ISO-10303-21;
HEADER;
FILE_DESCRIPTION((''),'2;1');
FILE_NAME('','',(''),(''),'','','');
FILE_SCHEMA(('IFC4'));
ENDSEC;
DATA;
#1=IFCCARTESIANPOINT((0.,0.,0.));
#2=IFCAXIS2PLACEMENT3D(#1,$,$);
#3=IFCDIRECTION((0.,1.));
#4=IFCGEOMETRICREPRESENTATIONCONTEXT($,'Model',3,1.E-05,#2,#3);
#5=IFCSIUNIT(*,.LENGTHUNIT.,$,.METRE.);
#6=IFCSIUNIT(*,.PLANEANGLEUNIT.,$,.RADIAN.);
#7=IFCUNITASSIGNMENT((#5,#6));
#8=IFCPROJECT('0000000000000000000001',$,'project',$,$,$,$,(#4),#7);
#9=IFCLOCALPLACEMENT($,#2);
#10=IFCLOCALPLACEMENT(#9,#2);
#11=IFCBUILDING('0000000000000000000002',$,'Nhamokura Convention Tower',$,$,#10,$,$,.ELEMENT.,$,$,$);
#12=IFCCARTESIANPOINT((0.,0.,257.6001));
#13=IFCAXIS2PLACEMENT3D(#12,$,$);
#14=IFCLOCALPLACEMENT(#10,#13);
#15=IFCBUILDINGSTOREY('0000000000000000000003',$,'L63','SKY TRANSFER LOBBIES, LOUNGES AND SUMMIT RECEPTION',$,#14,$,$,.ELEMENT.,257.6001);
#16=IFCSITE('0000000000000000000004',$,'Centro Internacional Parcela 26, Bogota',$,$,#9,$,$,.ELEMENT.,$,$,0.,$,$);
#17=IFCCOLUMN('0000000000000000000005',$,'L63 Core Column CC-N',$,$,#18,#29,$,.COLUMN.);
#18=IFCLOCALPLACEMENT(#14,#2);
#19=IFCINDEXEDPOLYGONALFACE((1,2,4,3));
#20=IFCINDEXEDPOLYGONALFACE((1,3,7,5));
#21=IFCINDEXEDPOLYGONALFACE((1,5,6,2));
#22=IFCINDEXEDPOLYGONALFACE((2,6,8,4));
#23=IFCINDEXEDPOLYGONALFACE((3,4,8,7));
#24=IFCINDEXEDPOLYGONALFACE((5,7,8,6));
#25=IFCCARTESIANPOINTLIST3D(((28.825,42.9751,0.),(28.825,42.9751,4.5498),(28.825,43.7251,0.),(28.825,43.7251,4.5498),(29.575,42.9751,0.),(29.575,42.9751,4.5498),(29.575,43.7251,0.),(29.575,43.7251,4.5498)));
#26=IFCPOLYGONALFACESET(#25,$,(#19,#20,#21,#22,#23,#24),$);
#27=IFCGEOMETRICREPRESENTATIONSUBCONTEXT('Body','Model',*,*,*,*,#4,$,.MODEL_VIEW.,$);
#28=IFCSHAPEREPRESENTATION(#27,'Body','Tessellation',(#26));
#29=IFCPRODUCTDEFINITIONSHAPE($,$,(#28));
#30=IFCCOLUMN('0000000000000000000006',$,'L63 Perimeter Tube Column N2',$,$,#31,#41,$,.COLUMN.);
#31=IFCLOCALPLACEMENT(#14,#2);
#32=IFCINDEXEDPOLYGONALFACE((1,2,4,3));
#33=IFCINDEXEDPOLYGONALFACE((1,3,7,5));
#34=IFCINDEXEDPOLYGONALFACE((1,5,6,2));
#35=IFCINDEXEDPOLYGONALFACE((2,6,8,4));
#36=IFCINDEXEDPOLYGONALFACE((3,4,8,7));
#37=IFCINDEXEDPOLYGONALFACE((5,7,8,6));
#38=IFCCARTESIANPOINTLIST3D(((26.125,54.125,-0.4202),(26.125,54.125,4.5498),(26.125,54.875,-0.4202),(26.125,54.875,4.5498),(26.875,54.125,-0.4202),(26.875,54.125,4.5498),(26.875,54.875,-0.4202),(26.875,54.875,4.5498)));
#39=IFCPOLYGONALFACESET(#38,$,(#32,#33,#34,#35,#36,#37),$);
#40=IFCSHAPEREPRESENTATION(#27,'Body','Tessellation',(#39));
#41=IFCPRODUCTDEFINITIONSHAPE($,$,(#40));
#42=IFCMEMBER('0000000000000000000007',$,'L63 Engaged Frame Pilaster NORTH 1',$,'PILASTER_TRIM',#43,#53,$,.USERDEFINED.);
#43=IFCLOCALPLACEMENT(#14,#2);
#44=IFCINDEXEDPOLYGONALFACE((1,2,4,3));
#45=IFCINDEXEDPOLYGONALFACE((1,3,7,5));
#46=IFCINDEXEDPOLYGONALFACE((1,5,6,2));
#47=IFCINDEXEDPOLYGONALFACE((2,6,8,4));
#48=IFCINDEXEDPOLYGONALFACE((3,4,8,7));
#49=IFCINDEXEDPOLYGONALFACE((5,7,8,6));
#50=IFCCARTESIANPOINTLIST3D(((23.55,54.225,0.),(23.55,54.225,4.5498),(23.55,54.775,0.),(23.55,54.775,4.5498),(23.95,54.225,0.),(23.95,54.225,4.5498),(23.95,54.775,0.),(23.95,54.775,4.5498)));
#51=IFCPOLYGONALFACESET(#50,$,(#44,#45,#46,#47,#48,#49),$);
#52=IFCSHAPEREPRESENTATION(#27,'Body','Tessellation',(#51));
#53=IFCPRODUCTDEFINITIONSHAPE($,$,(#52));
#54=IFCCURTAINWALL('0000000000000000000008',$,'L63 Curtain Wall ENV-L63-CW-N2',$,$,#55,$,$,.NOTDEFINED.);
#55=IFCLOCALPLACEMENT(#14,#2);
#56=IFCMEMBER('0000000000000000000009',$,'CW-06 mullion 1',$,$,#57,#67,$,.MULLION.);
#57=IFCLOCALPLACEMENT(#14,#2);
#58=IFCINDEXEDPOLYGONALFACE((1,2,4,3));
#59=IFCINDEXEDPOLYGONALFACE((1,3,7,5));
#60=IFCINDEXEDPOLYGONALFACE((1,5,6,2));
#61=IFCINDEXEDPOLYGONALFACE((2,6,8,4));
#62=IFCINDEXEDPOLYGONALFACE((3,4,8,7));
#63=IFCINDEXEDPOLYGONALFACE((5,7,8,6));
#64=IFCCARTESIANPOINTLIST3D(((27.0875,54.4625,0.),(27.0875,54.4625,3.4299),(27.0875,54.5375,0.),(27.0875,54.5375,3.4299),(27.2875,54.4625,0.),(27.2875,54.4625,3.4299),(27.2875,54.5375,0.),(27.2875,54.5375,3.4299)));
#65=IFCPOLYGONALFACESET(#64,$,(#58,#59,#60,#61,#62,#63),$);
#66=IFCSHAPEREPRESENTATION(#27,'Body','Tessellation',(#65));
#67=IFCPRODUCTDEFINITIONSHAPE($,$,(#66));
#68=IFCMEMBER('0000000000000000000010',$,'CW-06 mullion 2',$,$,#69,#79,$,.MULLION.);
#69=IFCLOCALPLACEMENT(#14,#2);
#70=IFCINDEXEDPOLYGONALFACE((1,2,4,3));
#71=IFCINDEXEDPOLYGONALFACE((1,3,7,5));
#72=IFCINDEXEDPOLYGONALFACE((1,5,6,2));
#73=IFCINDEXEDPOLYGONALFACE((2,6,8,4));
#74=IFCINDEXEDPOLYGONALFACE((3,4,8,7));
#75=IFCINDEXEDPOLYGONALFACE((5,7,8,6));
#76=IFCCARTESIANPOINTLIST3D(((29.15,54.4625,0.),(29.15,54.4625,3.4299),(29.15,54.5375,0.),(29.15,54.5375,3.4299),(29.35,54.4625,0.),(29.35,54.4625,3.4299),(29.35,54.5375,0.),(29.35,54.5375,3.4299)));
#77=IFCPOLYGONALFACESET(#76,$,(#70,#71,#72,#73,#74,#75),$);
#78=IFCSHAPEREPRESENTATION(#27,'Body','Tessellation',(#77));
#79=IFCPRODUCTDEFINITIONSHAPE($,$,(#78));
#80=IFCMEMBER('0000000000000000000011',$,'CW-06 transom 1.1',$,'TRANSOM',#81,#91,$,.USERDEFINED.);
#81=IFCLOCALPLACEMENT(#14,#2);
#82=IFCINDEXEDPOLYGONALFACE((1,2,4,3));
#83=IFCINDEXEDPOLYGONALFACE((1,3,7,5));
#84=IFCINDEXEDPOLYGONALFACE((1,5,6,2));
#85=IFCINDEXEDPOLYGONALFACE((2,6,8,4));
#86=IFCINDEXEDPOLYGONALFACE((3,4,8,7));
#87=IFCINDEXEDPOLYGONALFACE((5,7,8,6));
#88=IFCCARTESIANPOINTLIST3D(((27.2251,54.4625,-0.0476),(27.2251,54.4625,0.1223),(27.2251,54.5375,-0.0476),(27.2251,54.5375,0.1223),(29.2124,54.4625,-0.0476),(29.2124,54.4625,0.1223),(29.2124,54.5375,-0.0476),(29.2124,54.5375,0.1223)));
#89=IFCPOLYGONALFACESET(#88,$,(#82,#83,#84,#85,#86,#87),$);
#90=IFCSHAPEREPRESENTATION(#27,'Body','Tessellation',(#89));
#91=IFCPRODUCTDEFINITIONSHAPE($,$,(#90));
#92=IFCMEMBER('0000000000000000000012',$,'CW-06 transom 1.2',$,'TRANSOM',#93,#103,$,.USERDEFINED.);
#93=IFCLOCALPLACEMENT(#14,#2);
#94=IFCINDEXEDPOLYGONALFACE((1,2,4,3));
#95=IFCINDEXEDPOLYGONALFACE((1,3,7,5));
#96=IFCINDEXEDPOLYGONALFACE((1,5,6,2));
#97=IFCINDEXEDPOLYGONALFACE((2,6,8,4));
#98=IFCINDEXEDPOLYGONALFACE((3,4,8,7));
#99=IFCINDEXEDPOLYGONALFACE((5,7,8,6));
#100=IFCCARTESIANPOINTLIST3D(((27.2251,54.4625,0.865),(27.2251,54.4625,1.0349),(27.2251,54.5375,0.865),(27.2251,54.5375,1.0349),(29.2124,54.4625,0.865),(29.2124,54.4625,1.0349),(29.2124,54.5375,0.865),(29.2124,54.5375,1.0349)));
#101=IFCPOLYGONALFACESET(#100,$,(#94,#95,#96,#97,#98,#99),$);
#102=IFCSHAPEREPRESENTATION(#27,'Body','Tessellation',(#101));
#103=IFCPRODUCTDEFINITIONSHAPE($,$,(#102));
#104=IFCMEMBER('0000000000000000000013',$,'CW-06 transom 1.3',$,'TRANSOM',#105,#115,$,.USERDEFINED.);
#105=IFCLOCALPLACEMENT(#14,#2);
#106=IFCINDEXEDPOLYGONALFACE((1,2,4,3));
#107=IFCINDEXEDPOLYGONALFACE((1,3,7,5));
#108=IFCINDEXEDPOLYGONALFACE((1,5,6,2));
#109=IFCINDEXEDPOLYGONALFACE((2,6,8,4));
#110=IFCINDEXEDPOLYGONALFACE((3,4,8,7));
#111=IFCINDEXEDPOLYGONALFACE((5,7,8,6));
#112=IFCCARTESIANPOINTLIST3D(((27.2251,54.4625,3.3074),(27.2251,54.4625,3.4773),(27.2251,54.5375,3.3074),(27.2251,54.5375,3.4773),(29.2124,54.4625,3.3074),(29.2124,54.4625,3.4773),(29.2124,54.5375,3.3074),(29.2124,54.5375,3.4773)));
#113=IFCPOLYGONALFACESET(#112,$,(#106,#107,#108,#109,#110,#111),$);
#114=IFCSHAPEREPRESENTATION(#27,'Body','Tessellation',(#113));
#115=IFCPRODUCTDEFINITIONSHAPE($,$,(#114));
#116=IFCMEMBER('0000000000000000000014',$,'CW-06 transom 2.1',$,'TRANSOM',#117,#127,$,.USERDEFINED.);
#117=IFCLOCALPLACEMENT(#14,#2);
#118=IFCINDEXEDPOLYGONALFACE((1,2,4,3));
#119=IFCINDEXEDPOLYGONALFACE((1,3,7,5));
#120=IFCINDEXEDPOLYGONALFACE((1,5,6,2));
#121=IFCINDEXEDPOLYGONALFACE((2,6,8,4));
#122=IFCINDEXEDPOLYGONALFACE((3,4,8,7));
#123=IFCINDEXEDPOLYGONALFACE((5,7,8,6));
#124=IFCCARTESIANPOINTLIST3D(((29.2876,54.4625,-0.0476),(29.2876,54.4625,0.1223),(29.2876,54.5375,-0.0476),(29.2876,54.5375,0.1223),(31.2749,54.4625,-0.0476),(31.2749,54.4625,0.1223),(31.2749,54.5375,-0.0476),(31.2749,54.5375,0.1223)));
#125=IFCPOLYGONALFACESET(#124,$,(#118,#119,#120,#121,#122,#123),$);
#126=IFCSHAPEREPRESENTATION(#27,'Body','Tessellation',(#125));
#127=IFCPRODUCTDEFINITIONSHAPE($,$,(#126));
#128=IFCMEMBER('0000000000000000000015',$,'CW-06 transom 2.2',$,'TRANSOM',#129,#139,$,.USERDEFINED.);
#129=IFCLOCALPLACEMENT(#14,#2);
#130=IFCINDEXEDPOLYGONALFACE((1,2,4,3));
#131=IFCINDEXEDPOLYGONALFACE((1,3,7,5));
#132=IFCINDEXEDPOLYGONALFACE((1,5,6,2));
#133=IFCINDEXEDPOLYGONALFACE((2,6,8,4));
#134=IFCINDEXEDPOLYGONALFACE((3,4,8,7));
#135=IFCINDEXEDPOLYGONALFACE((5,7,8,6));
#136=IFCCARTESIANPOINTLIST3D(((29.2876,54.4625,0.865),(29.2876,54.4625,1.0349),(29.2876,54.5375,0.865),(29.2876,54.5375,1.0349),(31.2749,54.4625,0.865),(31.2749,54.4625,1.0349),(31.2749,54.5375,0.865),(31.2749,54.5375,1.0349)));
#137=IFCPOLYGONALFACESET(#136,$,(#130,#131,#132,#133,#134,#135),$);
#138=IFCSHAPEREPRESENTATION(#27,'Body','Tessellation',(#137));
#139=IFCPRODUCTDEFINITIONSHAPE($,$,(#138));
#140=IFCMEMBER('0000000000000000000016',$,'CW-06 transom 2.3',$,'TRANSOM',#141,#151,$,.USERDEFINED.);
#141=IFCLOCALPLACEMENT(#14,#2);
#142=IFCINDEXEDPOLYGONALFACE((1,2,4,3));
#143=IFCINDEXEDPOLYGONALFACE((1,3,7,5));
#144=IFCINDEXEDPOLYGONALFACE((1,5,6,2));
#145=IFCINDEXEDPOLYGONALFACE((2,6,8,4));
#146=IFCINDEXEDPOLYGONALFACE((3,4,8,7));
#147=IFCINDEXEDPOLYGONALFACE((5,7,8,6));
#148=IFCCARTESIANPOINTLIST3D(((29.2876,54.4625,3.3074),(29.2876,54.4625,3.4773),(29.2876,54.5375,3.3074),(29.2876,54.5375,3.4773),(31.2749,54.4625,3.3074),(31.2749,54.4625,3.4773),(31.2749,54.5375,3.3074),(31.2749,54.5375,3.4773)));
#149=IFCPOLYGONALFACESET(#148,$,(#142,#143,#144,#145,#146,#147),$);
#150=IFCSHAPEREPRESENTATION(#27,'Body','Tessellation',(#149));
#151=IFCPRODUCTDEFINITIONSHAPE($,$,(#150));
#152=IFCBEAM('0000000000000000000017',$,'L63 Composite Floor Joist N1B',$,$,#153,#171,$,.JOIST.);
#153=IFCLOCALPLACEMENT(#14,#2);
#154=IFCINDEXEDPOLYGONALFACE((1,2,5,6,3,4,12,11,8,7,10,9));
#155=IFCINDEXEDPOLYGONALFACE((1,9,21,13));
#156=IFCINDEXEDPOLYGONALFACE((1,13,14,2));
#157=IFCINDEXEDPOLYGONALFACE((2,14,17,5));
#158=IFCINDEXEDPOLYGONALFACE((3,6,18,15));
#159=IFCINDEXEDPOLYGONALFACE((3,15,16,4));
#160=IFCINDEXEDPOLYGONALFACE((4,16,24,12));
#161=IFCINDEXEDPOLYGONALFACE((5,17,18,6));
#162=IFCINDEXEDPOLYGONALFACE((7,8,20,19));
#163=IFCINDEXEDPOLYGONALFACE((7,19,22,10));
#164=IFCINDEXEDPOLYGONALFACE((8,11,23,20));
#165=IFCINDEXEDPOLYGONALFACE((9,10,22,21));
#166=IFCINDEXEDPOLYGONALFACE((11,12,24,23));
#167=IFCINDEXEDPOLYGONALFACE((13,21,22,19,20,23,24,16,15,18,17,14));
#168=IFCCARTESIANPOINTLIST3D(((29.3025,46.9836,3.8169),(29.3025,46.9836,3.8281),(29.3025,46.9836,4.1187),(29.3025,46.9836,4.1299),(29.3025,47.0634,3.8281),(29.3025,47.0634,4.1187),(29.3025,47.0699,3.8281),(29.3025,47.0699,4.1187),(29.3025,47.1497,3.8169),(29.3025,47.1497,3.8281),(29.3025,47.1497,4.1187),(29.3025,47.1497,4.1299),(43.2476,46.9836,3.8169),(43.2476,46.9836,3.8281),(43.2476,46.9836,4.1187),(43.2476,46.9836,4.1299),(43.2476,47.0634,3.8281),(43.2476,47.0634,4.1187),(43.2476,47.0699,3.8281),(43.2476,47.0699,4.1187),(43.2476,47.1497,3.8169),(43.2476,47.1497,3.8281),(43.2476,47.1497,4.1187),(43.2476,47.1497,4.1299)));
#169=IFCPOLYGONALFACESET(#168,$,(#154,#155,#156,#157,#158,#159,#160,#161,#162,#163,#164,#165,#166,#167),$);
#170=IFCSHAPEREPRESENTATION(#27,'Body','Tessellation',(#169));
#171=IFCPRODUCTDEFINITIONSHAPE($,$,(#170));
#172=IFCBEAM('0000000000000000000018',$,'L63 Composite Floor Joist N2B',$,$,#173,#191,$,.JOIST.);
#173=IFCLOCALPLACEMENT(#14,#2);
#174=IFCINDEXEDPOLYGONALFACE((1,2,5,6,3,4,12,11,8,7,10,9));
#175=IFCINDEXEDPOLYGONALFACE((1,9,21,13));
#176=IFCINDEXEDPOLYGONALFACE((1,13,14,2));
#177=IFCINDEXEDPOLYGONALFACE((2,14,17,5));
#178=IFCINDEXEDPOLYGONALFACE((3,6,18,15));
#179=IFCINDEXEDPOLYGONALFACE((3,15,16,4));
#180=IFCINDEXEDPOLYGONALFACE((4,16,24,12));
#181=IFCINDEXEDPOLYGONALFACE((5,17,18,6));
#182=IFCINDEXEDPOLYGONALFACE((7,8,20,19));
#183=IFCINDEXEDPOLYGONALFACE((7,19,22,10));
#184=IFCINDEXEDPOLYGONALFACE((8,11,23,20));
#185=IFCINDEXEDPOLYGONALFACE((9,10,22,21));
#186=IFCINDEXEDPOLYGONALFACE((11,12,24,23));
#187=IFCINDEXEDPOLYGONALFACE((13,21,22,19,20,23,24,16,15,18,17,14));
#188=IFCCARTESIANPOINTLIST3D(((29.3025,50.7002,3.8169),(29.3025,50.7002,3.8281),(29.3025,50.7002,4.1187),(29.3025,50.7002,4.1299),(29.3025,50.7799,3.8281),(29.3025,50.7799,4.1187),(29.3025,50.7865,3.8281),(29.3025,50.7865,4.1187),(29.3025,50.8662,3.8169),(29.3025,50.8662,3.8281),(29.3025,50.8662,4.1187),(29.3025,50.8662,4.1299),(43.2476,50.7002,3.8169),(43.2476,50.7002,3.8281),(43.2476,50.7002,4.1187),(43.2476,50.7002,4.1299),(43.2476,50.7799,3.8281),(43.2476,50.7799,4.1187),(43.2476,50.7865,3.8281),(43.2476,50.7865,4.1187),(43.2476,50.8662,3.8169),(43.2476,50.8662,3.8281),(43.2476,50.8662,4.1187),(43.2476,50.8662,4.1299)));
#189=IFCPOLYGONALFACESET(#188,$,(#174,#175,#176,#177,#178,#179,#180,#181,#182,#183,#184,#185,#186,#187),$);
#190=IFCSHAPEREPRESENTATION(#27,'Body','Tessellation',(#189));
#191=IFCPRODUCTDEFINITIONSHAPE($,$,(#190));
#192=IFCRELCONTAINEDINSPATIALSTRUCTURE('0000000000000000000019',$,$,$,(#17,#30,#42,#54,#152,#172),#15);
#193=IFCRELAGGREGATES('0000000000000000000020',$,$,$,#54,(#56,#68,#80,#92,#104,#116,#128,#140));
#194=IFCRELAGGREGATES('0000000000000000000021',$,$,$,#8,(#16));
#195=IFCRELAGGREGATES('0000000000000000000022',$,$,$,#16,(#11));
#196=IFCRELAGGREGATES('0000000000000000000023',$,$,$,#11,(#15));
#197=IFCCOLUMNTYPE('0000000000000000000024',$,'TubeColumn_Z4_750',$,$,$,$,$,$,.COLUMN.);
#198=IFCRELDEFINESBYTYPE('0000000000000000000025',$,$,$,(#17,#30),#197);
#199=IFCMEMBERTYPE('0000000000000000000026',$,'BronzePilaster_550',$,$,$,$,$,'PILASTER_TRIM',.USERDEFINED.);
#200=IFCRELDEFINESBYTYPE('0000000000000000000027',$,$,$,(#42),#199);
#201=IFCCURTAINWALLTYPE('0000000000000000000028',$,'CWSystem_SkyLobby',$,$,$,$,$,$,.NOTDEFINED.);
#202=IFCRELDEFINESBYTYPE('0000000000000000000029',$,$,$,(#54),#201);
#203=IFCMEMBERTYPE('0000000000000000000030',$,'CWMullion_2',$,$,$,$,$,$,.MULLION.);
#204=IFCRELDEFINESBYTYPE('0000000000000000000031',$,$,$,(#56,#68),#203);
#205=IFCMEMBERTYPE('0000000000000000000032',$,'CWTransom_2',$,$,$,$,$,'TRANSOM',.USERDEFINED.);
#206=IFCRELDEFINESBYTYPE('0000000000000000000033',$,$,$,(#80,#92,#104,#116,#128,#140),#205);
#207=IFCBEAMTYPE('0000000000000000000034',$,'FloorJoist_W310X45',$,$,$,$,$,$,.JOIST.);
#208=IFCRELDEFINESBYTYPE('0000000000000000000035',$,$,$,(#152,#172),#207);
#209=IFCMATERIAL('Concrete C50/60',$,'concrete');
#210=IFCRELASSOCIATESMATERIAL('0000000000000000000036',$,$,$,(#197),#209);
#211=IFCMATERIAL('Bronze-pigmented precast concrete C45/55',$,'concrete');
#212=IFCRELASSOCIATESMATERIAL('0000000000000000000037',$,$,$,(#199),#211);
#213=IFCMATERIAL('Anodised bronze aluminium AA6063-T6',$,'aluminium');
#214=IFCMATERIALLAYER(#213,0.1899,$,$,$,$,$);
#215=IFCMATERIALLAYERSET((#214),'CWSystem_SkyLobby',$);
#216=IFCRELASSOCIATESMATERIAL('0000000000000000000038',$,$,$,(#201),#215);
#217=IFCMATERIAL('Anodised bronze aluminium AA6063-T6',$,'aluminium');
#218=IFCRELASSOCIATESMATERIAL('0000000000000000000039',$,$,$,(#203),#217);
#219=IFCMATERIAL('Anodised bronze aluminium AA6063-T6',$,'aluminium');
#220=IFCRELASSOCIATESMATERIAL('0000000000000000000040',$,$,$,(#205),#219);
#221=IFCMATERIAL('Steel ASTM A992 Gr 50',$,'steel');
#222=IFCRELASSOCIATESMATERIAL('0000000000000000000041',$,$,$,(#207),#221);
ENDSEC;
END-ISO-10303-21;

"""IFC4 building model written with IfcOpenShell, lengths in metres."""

from ifc_helpers import new_model, si_unit, direction, frame, origin, origin_2d, place, context, subcontext, project, spatial, rectangle, i_section, extrude, material, layer, layer_set, material_profile, profile_set, type_object, element, aggregate, save


model = new_model("IFC4")

# Units and contexts
model_context = context("Model", 3, precision=1e-05, world=origin(), true_north=direction((0.0, 1.0)))
body_context = subcontext(model_context, "Body", "Model", "MODEL_VIEW")
ifc_project = project(units=[si_unit("LENGTHUNIT", "METRE"), si_unit("PLANEANGLEUNIT", "RADIAN")], contexts=[model_context])

# Site, building, storey
site_placement = place(None, origin())
site = spatial("IfcSite", under=ifc_project, at=site_placement, Name="Centro Internacional Parcela 26, Bogota", CompositionType="ELEMENT", RefElevation=0.0)
building_placement = place(site_placement, origin())
building = spatial("IfcBuilding", under=site, at=building_placement, Name="Nhamokura Convention Tower", CompositionType="ELEMENT")
storey_placement = place(building_placement, frame((0.0, 0.0, 257.6001)))
storey = spatial("IfcBuildingStorey", under=building, at=storey_placement, Name="L63", Description="SKY TRANSFER LOBBIES, LOUNGES AND SUMMIT RECEPTION", CompositionType="ELEMENT", Elevation=257.6001)

# Columns
ifc_material_1 = material(Name="Concrete C50/60", Category="concrete")
ifc_material_profile_1 = material_profile(ifc_material_1, rectangle(XDim=0.75, YDim=0.75, at=origin_2d()))
ifc_profile_set_1 = profile_set([ifc_material_profile_1], Name="Concrete C50/60")
column_type = type_object("IfcColumnType", Name="TubeColumn_Z4_750", PredefinedType="COLUMN", material=ifc_profile_set_1)
column_1_placement = place(storey_placement, frame((29.2, 43.3501, 0.0), z_axis=(0.0, 0.0, 1.0), x_axis=(1.0, 0.0, 0.0)))
element("IfcColumn", 1, at=column_1_placement, inside=storey, type_object=column_type, Name="L63 Core Column CC-N", PredefinedType="COLUMN", context=body_context, shape_type="SweptSolid", body=[
    extrude(rectangle(XDim=0.75, YDim=0.75, at=origin_2d()), origin(), (0.0, 0.0, 1.0), 4.5498),
])
column_2_placement = place(storey_placement, frame((26.5, 54.5, -0.4202), z_axis=(0.0, 0.0, 1.0), x_axis=(1.0, 0.0, 0.0)))
element("IfcColumn", 2, at=column_2_placement, inside=storey, type_object=column_type, Name="L63 Perimeter Tube Column N2", PredefinedType="COLUMN", context=body_context, shape_type="SweptSolid", body=[
    extrude(rectangle(XDim=0.75, YDim=0.75, at=origin_2d()), origin(), (0.0, 0.0, 1.0), 4.97),
])

# Member
ifc_material_2 = material(Name="Bronze-pigmented precast concrete C45/55", Category="concrete")
ifc_material_profile_2 = material_profile(ifc_material_2, rectangle(XDim=0.3999, YDim=0.55, at=origin_2d()))
ifc_profile_set_2 = profile_set([ifc_material_profile_2], Name="Bronze-pigmented precast concrete C45/55")
member_type_1 = type_object("IfcMemberType", Name="BronzePilaster_550", ElementType="PILASTER_TRIM", PredefinedType="USERDEFINED", material=ifc_profile_set_2)
member_1_placement = place(storey_placement, frame((23.75, 54.5, 0.0), z_axis=(0.0, 0.0, 1.0), x_axis=(1.0, 0.0, 0.0)))
element("IfcMember", 3, at=member_1_placement, inside=storey, type_object=member_type_1, Name="L63 Engaged Frame Pilaster NORTH 1", ObjectType="PILASTER_TRIM", PredefinedType="USERDEFINED", context=body_context, shape_type="SweptSolid", body=[
    extrude(rectangle(XDim=0.3999, YDim=0.55, at=origin_2d()), origin(), (0.0, 0.0, 1.0), 4.5498),
])

# Curtain wall, members
ifc_material_3 = material(Name="Anodised bronze aluminium AA6063-T6", Category="aluminium")
ifc_layer_1 = layer(ifc_material_3, 0.1899)
ifc_layer_set_1 = layer_set([ifc_layer_1], Name="CWSystem_SkyLobby")
curtain_wall_type = type_object("IfcCurtainWallType", Name="CWSystem_SkyLobby", PredefinedType="NOTDEFINED", material=ifc_layer_set_1)
curtain_wall_placement = place(storey_placement, origin())
curtain_wall = element("IfcCurtainWall", 4, at=curtain_wall_placement, inside=storey, type_object=curtain_wall_type, Name="L63 Curtain Wall ENV-L63-CW-N2", PredefinedType="NOTDEFINED")
ifc_material_4 = material(Name="Anodised bronze aluminium AA6063-T6", Category="aluminium")
ifc_material_profile_3 = material_profile(ifc_material_4, rectangle(XDim=0.075, YDim=0.2, at=origin_2d()))
ifc_profile_set_3 = profile_set([ifc_material_profile_3], Name="Anodised bronze aluminium AA6063-T6")
member_type_2 = type_object("IfcMemberType", Name="CWMullion_2", PredefinedType="MULLION", material=ifc_profile_set_3)
member_2_placement = place(storey_placement, frame((27.1875, 54.5, 0.0), z_axis=(0.0, 0.0, 1.0), x_axis=(0.0, 1.0, 0.0)))
member_2 = element("IfcMember", 5, at=member_2_placement, type_object=member_type_2, Name="CW-06 mullion 1", PredefinedType="MULLION", context=body_context, shape_type="SweptSolid", body=[
    extrude(rectangle(XDim=0.075, YDim=0.2, at=origin_2d()), origin(), (0.0, 0.0, 1.0), 3.4299),
])
member_3_placement = place(storey_placement, frame((29.25, 54.5, 0.0), z_axis=(0.0, 0.0, 1.0), x_axis=(0.0, 1.0, 0.0)))
member_3 = element("IfcMember", 6, at=member_3_placement, type_object=member_type_2, Name="CW-06 mullion 2", PredefinedType="MULLION", context=body_context, shape_type="SweptSolid", body=[
    extrude(rectangle(XDim=0.075, YDim=0.2, at=origin_2d()), origin(), (0.0, 0.0, 1.0), 3.4299),
])
ifc_material_5 = material(Name="Anodised bronze aluminium AA6063-T6", Category="aluminium")
ifc_material_profile_4 = material_profile(ifc_material_5, rectangle(XDim=0.075, YDim=0.1699, at=origin_2d()))
ifc_profile_set_4 = profile_set([ifc_material_profile_4], Name="Anodised bronze aluminium AA6063-T6")
member_type_3 = type_object("IfcMemberType", Name="CWTransom_2", ElementType="TRANSOM", PredefinedType="USERDEFINED", material=ifc_profile_set_4)
member_4_placement = place(storey_placement, frame((27.2251, 54.5, 0.0374), z_axis=(1.0, 0.0, 0.0), x_axis=(0.0, 1.0, 0.0)))
member_4 = element("IfcMember", 7, at=member_4_placement, type_object=member_type_3, Name="CW-06 transom 1.1", ObjectType="TRANSOM", PredefinedType="USERDEFINED", context=body_context, shape_type="SweptSolid", body=[
    extrude(rectangle(XDim=0.075, YDim=0.1699, at=origin_2d()), origin(), (0.0, 0.0, 1.0), 1.9873),
])
member_5_placement = place(storey_placement, frame((27.2251, 54.5, 0.95), z_axis=(1.0, 0.0, 0.0), x_axis=(0.0, 1.0, 0.0)))
member_5 = element("IfcMember", 8, at=member_5_placement, type_object=member_type_3, Name="CW-06 transom 1.2", ObjectType="TRANSOM", PredefinedType="USERDEFINED", context=body_context, shape_type="SweptSolid", body=[
    extrude(rectangle(XDim=0.075, YDim=0.1699, at=origin_2d()), origin(), (0.0, 0.0, 1.0), 1.9873),
])
member_6_placement = place(storey_placement, frame((27.2251, 54.5, 3.3923), z_axis=(1.0, 0.0, 0.0), x_axis=(0.0, 1.0, 0.0)))
member_6 = element("IfcMember", 9, at=member_6_placement, type_object=member_type_3, Name="CW-06 transom 1.3", ObjectType="TRANSOM", PredefinedType="USERDEFINED", context=body_context, shape_type="SweptSolid", body=[
    extrude(rectangle(XDim=0.075, YDim=0.1699, at=origin_2d()), origin(), (0.0, 0.0, 1.0), 1.9873),
])
member_7_placement = place(storey_placement, frame((29.2876, 54.5, 0.0374), z_axis=(1.0, 0.0, 0.0), x_axis=(0.0, 1.0, 0.0)))
member_7 = element("IfcMember", 10, at=member_7_placement, type_object=member_type_3, Name="CW-06 transom 2.1", ObjectType="TRANSOM", PredefinedType="USERDEFINED", context=body_context, shape_type="SweptSolid", body=[
    extrude(rectangle(XDim=0.075, YDim=0.1699, at=origin_2d()), origin(), (0.0, 0.0, 1.0), 1.9873),
])
member_8_placement = place(storey_placement, frame((29.2876, 54.5, 0.95), z_axis=(1.0, 0.0, 0.0), x_axis=(0.0, 1.0, 0.0)))
member_8 = element("IfcMember", 11, at=member_8_placement, type_object=member_type_3, Name="CW-06 transom 2.2", ObjectType="TRANSOM", PredefinedType="USERDEFINED", context=body_context, shape_type="SweptSolid", body=[
    extrude(rectangle(XDim=0.075, YDim=0.1699, at=origin_2d()), origin(), (0.0, 0.0, 1.0), 1.9873),
])
member_9_placement = place(storey_placement, frame((29.2876, 54.5, 3.3923), z_axis=(1.0, 0.0, 0.0), x_axis=(0.0, 1.0, 0.0)))
member_9 = element("IfcMember", 12, at=member_9_placement, type_object=member_type_3, Name="CW-06 transom 2.3", ObjectType="TRANSOM", PredefinedType="USERDEFINED", context=body_context, shape_type="SweptSolid", body=[
    extrude(rectangle(XDim=0.075, YDim=0.1699, at=origin_2d()), origin(), (0.0, 0.0, 1.0), 1.9873),
])

# Beams
ifc_material_6 = material(Name="Steel ASTM A992 Gr 50", Category="steel")
ifc_material_profile_5 = material_profile(ifc_material_6, i_section(OverallWidth=0.166, OverallDepth=0.313, WebThickness=0.0066, FlangeThickness=0.0112, at=origin_2d()))
ifc_profile_set_5 = profile_set([ifc_material_profile_5], Name="Steel ASTM A992 Gr 50")
beam_type_1 = type_object("IfcBeamType", Name="FloorJoist_W310X45", PredefinedType="JOIST", material=ifc_profile_set_5)
for number, where, z_axis, x_axis, name in (
    (13, (29.3025, 47.0667, 3.9734), (1.0, 0.0, 0.0), (0.0, 1.0, 0.0), "L63 Composite Floor Joist N1B"),
    (14, (29.3025, 50.7832, 3.9734), (1.0, 0.0, 0.0), (0.0, 1.0, 0.0), "L63 Composite Floor Joist N2B"),
):
    element("IfcBeam", number, at=place(storey_placement, frame(where, z_axis=z_axis, x_axis=x_axis)), inside=storey, type_object=beam_type_1, Name=name, PredefinedType="JOIST", context=body_context, shape_type="SweptSolid", body=[
        extrude(i_section(OverallWidth=0.166, OverallDepth=0.313, WebThickness=0.0066, FlangeThickness=0.0112, at=origin_2d()), origin(), (0.0, 0.0, 1.0), 13.9451),
    ])

aggregate(curtain_wall, [member_2, member_3, member_4, member_5, member_6, member_7, member_8, member_9])

save(model, "model.ifc")
